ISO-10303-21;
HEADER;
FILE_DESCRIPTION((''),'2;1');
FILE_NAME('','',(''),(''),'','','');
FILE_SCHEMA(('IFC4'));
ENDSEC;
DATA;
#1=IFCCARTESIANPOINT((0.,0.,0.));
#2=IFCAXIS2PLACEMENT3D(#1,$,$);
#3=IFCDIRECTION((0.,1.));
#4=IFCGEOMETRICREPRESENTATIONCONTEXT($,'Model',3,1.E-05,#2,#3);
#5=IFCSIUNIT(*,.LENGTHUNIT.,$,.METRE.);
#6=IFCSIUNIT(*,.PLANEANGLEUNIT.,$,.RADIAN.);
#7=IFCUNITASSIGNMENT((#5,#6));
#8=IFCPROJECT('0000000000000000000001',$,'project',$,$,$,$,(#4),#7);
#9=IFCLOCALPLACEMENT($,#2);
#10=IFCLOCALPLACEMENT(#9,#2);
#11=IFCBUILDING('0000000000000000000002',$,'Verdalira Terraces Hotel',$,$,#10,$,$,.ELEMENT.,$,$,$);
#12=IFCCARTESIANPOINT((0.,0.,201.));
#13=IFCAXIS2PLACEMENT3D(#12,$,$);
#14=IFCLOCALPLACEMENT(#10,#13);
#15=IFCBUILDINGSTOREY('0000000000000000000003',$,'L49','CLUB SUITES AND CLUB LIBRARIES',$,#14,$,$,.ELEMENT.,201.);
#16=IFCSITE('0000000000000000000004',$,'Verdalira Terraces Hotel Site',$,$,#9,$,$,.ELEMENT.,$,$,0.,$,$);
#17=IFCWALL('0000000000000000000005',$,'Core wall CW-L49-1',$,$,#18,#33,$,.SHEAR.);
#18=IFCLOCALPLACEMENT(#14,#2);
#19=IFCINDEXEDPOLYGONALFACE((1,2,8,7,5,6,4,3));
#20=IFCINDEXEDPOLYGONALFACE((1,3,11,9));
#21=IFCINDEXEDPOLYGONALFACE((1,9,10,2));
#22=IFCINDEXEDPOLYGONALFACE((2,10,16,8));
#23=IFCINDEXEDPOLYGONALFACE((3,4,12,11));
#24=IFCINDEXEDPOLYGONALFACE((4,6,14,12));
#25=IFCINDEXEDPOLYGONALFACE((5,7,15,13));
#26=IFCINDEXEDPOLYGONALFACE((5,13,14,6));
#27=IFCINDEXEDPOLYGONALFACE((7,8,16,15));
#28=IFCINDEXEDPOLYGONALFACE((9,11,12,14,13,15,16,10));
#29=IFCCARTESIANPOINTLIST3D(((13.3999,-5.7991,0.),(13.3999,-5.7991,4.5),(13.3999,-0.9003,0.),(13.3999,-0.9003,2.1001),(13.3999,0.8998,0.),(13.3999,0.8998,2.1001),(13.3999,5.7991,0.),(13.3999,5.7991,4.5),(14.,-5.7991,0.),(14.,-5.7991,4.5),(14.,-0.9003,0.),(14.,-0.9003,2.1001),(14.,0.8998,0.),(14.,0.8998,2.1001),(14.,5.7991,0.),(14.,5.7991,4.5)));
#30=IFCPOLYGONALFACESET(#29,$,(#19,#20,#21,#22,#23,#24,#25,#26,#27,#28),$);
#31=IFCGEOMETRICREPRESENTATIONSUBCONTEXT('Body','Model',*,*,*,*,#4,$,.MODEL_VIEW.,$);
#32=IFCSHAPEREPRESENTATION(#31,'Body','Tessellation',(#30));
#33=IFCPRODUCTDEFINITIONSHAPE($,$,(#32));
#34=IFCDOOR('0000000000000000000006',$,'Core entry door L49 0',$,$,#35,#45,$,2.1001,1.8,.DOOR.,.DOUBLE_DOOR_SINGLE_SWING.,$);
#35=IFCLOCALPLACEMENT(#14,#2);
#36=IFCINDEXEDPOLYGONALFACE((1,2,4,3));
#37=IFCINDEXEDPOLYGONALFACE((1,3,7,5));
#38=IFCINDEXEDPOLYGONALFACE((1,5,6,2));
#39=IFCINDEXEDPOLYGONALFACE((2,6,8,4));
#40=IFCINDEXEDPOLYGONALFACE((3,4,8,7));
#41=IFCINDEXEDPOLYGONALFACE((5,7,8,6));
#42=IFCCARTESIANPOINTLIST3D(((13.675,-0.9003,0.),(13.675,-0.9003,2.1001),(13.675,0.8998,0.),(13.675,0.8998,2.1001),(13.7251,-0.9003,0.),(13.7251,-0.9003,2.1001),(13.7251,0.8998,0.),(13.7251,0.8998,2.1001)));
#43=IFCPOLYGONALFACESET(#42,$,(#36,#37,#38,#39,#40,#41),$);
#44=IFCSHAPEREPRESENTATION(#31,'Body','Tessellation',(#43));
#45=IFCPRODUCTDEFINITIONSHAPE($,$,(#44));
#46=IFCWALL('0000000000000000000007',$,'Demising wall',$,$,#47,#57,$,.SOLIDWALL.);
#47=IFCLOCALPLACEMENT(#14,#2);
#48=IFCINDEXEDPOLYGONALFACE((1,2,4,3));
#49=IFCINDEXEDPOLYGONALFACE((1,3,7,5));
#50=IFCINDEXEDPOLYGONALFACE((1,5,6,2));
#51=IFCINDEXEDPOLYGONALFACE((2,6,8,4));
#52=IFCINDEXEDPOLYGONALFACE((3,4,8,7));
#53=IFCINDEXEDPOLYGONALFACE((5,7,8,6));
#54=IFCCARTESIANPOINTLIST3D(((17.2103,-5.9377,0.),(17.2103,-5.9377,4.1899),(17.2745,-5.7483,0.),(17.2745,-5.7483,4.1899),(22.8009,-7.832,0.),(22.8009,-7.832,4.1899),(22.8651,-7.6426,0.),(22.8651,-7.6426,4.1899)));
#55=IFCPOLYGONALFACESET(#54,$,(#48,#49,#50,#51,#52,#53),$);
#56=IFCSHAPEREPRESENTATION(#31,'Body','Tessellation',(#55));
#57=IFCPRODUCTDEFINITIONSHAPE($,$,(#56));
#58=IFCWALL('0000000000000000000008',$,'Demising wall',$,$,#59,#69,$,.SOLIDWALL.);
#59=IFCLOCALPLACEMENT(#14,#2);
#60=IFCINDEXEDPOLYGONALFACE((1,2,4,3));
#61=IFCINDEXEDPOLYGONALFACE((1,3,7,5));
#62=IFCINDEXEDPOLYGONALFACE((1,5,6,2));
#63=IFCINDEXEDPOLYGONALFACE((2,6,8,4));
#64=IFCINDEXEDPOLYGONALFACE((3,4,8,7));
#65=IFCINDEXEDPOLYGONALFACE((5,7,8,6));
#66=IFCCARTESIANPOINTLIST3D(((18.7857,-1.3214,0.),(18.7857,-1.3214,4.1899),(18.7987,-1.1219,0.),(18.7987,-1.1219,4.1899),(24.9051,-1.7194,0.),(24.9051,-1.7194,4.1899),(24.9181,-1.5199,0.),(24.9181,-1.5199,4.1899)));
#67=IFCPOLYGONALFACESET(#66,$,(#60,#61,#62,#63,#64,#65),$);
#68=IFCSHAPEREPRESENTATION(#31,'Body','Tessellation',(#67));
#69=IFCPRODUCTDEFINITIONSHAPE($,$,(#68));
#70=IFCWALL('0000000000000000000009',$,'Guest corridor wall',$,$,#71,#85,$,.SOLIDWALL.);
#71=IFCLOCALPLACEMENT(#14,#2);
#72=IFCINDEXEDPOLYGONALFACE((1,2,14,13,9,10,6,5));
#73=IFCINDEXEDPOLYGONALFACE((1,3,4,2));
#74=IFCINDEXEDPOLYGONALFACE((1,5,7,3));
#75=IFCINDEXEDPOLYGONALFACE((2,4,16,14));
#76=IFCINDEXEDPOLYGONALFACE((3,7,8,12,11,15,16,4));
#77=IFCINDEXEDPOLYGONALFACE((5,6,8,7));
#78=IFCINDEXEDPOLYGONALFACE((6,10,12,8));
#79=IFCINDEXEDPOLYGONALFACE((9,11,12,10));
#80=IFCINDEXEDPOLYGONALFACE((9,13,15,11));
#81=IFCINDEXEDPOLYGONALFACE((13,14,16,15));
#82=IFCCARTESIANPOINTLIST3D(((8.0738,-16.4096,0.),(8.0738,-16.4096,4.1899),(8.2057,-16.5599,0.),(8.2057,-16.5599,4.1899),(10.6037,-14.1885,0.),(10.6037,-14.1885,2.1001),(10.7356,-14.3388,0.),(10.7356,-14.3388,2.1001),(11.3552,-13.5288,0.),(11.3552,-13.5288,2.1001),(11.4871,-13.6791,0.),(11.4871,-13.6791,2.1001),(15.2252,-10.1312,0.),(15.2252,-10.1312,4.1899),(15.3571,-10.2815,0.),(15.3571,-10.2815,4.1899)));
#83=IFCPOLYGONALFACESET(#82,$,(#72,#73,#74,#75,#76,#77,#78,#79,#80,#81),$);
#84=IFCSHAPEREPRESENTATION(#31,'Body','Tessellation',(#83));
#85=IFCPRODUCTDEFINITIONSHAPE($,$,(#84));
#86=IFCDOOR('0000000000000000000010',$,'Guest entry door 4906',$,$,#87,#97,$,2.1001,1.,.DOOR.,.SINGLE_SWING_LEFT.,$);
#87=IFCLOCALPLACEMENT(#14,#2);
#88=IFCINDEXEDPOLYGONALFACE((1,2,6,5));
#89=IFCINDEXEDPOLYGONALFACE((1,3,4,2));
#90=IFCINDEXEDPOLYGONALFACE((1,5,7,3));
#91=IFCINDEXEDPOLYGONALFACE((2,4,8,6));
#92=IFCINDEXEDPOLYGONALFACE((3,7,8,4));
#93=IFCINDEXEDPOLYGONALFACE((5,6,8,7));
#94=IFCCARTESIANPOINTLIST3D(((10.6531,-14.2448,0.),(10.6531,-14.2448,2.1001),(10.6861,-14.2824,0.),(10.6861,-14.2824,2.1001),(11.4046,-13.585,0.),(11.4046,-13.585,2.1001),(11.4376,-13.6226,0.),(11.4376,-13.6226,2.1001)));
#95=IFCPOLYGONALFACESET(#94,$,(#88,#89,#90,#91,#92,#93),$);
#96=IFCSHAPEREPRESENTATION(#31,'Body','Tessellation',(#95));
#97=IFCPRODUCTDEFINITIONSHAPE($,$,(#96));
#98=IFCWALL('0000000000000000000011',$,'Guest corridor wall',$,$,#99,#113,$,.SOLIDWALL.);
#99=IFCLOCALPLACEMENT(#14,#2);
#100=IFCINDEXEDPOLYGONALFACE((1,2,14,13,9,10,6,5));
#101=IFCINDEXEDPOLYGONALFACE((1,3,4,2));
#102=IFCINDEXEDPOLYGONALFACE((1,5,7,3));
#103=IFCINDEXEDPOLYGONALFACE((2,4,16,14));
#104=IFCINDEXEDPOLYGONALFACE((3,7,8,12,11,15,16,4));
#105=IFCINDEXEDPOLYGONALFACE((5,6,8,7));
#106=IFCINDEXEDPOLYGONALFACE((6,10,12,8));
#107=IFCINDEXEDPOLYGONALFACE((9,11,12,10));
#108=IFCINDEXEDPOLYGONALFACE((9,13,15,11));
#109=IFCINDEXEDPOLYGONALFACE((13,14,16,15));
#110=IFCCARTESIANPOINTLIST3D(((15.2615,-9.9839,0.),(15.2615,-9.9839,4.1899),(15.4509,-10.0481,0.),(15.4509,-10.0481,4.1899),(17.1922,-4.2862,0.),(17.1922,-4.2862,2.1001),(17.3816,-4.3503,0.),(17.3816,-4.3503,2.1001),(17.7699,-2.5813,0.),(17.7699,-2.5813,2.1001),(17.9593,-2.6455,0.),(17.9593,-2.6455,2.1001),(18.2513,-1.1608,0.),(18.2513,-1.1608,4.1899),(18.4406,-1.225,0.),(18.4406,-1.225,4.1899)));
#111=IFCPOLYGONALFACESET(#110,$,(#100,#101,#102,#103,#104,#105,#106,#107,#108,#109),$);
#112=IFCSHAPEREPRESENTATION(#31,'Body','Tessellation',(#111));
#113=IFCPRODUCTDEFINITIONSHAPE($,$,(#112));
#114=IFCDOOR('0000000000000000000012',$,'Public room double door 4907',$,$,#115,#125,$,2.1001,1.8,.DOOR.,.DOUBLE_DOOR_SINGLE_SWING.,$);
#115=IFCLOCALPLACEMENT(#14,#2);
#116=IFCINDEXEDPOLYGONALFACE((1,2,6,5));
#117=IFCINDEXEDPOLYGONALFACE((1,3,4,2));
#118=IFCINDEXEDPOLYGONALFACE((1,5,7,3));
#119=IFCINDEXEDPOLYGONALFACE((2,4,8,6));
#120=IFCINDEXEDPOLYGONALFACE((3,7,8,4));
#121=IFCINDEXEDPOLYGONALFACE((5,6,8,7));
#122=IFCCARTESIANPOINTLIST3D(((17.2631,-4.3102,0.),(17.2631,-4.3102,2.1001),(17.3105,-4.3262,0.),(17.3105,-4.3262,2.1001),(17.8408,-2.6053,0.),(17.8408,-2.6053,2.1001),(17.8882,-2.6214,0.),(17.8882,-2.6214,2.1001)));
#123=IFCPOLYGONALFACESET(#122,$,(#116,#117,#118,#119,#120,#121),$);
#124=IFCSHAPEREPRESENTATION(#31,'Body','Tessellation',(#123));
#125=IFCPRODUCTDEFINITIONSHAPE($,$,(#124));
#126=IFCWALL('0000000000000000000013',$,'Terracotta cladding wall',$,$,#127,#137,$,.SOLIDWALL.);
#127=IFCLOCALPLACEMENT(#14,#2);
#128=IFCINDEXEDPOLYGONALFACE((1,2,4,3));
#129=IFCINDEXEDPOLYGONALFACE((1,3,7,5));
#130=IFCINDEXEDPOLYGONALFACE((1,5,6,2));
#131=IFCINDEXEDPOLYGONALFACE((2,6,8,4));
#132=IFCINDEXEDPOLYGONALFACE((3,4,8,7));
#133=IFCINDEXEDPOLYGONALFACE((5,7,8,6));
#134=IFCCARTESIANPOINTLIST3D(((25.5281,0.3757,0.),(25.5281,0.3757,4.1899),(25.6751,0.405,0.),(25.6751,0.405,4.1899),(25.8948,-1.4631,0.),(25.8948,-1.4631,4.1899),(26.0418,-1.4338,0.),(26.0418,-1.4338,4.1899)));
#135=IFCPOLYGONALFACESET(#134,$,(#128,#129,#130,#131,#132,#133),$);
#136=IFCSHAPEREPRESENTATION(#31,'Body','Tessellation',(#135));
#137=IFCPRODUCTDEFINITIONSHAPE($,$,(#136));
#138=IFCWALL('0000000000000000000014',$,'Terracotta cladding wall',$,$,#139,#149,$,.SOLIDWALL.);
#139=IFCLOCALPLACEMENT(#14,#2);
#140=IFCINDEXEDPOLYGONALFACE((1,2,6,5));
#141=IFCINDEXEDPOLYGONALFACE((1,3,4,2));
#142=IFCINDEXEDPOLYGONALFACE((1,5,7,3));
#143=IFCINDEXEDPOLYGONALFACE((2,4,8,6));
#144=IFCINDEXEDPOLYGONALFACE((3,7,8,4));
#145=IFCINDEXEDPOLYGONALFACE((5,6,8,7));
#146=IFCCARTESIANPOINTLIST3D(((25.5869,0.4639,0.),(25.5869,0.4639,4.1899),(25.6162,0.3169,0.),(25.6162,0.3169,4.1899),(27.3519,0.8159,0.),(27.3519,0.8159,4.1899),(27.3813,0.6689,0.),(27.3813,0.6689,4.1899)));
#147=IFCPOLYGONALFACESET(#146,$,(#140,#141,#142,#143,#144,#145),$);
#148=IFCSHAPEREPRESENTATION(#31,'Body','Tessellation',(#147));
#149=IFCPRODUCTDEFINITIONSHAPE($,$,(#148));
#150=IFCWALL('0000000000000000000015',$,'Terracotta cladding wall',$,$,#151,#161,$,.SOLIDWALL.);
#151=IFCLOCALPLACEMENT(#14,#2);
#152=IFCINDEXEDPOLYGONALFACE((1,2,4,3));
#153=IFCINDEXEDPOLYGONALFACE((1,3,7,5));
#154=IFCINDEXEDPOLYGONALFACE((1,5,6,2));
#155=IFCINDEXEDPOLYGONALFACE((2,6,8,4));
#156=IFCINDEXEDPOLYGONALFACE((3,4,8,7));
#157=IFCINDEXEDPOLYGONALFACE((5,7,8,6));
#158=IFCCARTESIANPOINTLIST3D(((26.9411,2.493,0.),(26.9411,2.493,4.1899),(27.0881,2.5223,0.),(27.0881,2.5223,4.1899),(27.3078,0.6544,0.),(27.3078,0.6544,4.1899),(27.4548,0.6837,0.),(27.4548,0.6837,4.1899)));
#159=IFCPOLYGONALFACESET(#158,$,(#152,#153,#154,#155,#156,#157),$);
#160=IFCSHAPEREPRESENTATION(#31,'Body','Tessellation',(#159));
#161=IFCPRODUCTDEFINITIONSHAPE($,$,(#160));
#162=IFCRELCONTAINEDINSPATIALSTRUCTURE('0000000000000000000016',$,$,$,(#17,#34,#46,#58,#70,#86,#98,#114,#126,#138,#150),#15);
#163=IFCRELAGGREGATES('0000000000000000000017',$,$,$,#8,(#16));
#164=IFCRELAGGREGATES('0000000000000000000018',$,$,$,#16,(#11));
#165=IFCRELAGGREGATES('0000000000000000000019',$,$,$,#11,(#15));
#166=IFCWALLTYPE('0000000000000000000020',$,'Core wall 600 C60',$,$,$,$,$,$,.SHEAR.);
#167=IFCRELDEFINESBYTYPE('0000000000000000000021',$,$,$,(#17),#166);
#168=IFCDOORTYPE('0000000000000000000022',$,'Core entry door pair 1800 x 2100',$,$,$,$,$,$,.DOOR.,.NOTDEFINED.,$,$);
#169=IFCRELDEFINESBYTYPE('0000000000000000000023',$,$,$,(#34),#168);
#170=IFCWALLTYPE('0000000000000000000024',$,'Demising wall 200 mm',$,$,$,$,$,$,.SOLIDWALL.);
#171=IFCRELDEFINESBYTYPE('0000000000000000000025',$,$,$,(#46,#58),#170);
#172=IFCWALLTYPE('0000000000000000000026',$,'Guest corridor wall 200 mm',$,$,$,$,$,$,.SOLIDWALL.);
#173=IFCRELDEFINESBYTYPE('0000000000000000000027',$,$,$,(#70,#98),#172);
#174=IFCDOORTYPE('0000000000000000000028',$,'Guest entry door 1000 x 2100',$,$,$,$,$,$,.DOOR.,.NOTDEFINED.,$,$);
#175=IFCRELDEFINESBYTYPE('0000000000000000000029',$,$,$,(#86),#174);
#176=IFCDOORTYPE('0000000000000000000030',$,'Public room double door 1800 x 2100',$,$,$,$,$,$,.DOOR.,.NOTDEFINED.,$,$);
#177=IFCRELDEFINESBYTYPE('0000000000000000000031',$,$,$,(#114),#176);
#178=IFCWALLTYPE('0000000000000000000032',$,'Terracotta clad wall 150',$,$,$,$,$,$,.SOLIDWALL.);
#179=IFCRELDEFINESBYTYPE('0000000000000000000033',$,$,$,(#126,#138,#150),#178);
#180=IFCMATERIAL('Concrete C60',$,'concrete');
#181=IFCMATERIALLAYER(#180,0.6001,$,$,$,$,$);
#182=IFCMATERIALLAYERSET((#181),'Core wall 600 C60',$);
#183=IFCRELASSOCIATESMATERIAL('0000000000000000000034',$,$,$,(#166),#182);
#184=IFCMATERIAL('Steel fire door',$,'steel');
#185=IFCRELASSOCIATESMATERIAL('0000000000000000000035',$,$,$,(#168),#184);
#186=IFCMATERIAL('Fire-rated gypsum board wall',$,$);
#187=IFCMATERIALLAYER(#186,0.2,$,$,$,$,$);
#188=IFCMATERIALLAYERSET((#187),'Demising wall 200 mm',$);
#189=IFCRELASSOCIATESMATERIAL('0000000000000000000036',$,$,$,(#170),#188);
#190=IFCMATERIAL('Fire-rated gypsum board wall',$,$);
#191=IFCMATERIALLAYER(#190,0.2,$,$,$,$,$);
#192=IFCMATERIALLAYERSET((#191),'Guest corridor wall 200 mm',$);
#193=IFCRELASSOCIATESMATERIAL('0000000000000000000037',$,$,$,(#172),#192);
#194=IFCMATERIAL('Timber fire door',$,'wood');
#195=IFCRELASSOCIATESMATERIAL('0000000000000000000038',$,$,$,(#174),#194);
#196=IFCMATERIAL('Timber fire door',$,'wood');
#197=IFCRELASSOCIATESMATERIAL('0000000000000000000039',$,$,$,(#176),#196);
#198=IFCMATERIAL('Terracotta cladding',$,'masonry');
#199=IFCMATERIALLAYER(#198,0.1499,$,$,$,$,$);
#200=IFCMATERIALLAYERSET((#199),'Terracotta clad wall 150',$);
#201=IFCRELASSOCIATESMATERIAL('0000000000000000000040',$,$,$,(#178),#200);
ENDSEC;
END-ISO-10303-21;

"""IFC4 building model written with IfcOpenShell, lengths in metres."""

from ifc_helpers import new_model, si_unit, direction, frame, frame_2d, origin, place, context, subcontext, project, spatial, rectangle, extrude, material, layer, layer_set, type_object, element, fill, save


model = new_model("IFC4")

# Units and contexts
model_context = context("Model", 3, precision=1e-05, world=origin(), true_north=direction((0.0, 1.0)))
body_context = subcontext(model_context, "Body", "Model", "MODEL_VIEW")
ifc_project = project(units=[si_unit("LENGTHUNIT", "METRE"), si_unit("PLANEANGLEUNIT", "RADIAN")], contexts=[model_context])

# Site, building, storey
site_placement = place(None, origin())
site = spatial("IfcSite", under=ifc_project, at=site_placement, Name="Verdalira Terraces Hotel Site", CompositionType="ELEMENT", RefElevation=0.0)
building_placement = place(site_placement, origin())
building = spatial("IfcBuilding", under=site, at=building_placement, Name="Verdalira Terraces Hotel", CompositionType="ELEMENT")
storey_placement = place(building_placement, frame((0.0, 0.0, 201.0)))
storey = spatial("IfcBuildingStorey", under=building, at=storey_placement, Name="L49", Description="CLUB SUITES AND CLUB LIBRARIES", CompositionType="ELEMENT", Elevation=201.0)

# Wall, opening, door
ifc_material_1 = material(Name="Concrete C60", Category="concrete")
ifc_layer_1 = layer(ifc_material_1, 0.6001)
ifc_layer_set_1 = layer_set([ifc_layer_1], Name="Core wall 600 C60")
wall_type_1 = type_object("IfcWallType", Name="Core wall 600 C60", PredefinedType="SHEAR", material=ifc_layer_set_1)
wall_1_placement = place(storey_placement, frame((13.7, -5.7991, 0.0), z_axis=(0.0, 0.0, 1.0), x_axis=(0.0, 1.0, 0.0)))
wall_1 = element("IfcWall", 1, at=wall_1_placement, inside=storey, type_object=wall_type_1, Name="Core wall CW-L49-1", PredefinedType="SHEAR", context=body_context, shape_type="SweptSolid", body=[
    extrude(rectangle(XDim=11.5981, YDim=0.6001, at=frame_2d((5.7991, 0.0))), origin(), (0.0, 0.0, 1.0), 4.5),
])
opening_1_placement = place(wall_1_placement, frame((4.8989, 0.0, 0.0)))
opening_1 = element("IfcOpeningElement", 2, at=opening_1_placement, cuts=wall_1, PredefinedType="OPENING", context=body_context, shape_type="SweptSolid", body=[
    extrude(rectangle(XDim=1.8, YDim=2.1001, at=frame_2d((0.8999, 1.05))), frame((0.0, 0.3101, 0.0), z_axis=(0.0, -1.0, 0.0), x_axis=(1.0, 0.0, 0.0)), (0.0, 0.0, 1.0), 0.6201),
])
ifc_material_2 = material(Name="Steel fire door", Category="steel")
door_type_1 = type_object("IfcDoorType", Name="Core entry door pair 1800 x 2100", OperationType="NOTDEFINED", PredefinedType="DOOR", material=ifc_material_2)
door_1_placement = place(opening_1_placement, origin())
door_1 = element("IfcDoor", 3, at=door_1_placement, inside=storey, type_object=door_type_1, Name="Core entry door L49 0", OperationType="DOUBLE_DOOR_SINGLE_SWING", OverallHeight=2.1001, OverallWidth=1.8, PredefinedType="DOOR", context=body_context, shape_type="SweptSolid", body=[
    extrude(rectangle(XDim=1.8, YDim=2.1001, at=frame_2d((0.8999, 1.05))), frame((0.0, 0.0249, 0.0), z_axis=(0.0, -1.0, 0.0), x_axis=(1.0, 0.0, 0.0)), (0.0, 0.0, 1.0), 0.05),
])
fill(opening_1, door_1)

# Walls
ifc_material_3 = material(Name="Fire-rated gypsum board wall")
ifc_layer_2 = layer(ifc_material_3, 0.2)
ifc_layer_set_2 = layer_set([ifc_layer_2], Name="Demising wall 200 mm")
wall_type_2 = type_object("IfcWallType", Name="Demising wall 200 mm", PredefinedType="SOLIDWALL", material=ifc_layer_set_2)
wall_2_placement = place(storey_placement, frame((22.833, -7.7373, 0.0), z_axis=(0.0, 0.0, 1.0), x_axis=(-0.947108, 0.320914, 0.0)))
element("IfcWall", 4, at=wall_2_placement, inside=storey, type_object=wall_type_2, Name="Demising wall", PredefinedType="SOLIDWALL", context=body_context, shape_type="SweptSolid", body=[
    extrude(rectangle(XDim=5.9028, YDim=0.2, at=frame_2d((2.9514, 0.0))), origin(), (0.0, 0.0, 1.0), 4.1899),
])
wall_3_placement = place(storey_placement, frame((24.9116, -1.6196, 0.0), z_axis=(0.0, 0.0, 1.0), x_axis=(-0.997892, 0.064894, 0.0)))
element("IfcWall", 5, at=wall_3_placement, inside=storey, type_object=wall_type_2, Name="Demising wall", PredefinedType="SOLIDWALL", context=body_context, shape_type="SweptSolid", body=[
    extrude(rectangle(XDim=6.1323, YDim=0.2, at=frame_2d((3.0662, 0.0))), origin(), (0.0, 0.0, 1.0), 4.1899),
])

# Walls, openings, doors
ifc_material_4 = material(Name="Fire-rated gypsum board wall")
ifc_layer_3 = layer(ifc_material_4, 0.2)
ifc_layer_set_3 = layer_set([ifc_layer_3], Name="Guest corridor wall 200 mm")
wall_type_3 = type_object("IfcWallType", Name="Guest corridor wall 200 mm", PredefinedType="SOLIDWALL", material=ifc_layer_set_3)
wall_4_placement = place(storey_placement, frame((15.2913, -10.2063, 0.0), z_axis=(0.0, 0.0, 1.0), x_axis=(-0.751489, -0.659746, 0.0)))
wall_4 = element("IfcWall", 6, at=wall_4_placement, inside=storey, type_object=wall_type_3, Name="Guest corridor wall", PredefinedType="SOLIDWALL", context=body_context, shape_type="SweptSolid", body=[
    extrude(rectangle(XDim=9.5164, YDim=0.2, at=frame_2d((4.7583, 0.0))), origin(), (0.0, 0.0, 1.0), 4.1899),
])
opening_2_placement = place(wall_4_placement, frame((5.1499, 0.0, 0.0)))
opening_2 = element("IfcOpeningElement", 7, at=opening_2_placement, cuts=wall_4, PredefinedType="OPENING", context=body_context, shape_type="SweptSolid", body=[
    extrude(rectangle(XDim=1.0, YDim=2.1001, at=frame_2d((0.5, 1.05))), frame((0.0, 0.1099, 0.0), z_axis=(0.0, -1.0, 0.0), x_axis=(1.0, 0.0, 0.0)), (0.0, 0.0, 1.0), 0.22),
])
ifc_material_5 = material(Name="Timber fire door", Category="wood")
door_type_2 = type_object("IfcDoorType", Name="Guest entry door 1000 x 2100", OperationType="NOTDEFINED", PredefinedType="DOOR", material=ifc_material_5)
door_2_placement = place(opening_2_placement, origin())
door_2 = element("IfcDoor", 8, at=door_2_placement, inside=storey, type_object=door_type_2, Name="Guest entry door 4906", OperationType="SINGLE_SWING_LEFT", OverallHeight=2.1001, OverallWidth=1.0, PredefinedType="DOOR", context=body_context, shape_type="SweptSolid", body=[
    extrude(rectangle(XDim=1.0, YDim=2.1001, at=frame_2d((0.5, 1.05))), frame((0.0, 0.0249, 0.0), z_axis=(0.0, -1.0, 0.0), x_axis=(1.0, 0.0, 0.0)), (0.0, 0.0, 1.0), 0.05),
])
fill(opening_2, door_2)
wall_5_placement = place(storey_placement, frame((18.3459, -1.1929, 0.0), z_axis=(0.0, 0.0, 1.0), x_axis=(-0.320925, -0.947104, 0.0)))
wall_5 = element("IfcWall", 9, at=wall_5_placement, inside=storey, type_object=wall_type_3, Name="Guest corridor wall", PredefinedType="SOLIDWALL", context=body_context, shape_type="SweptSolid", body=[
    extrude(rectangle(XDim=9.3159, YDim=0.2, at=frame_2d((4.658, 0.0))), origin(), (0.0, 0.0, 1.0), 4.1899),
])
opening_3_placement = place(wall_5_placement, frame((1.5, 0.0, 0.0)))
opening_3 = element("IfcOpeningElement", 10, at=opening_3_placement, cuts=wall_5, PredefinedType="OPENING", context=body_context, shape_type="SweptSolid", body=[
    extrude(rectangle(XDim=1.8, YDim=2.1001, at=frame_2d((0.8999, 1.05))), frame((0.0, 0.1099, 0.0), z_axis=(0.0, -1.0, 0.0), x_axis=(1.0, 0.0, 0.0)), (0.0, 0.0, 1.0), 0.22),
])
ifc_material_6 = material(Name="Timber fire door", Category="wood")
door_type_3 = type_object("IfcDoorType", Name="Public room double door 1800 x 2100", OperationType="NOTDEFINED", PredefinedType="DOOR", material=ifc_material_6)
door_3_placement = place(opening_3_placement, origin())
door_3 = element("IfcDoor", 11, at=door_3_placement, inside=storey, type_object=door_type_3, Name="Public room double door 4907", OperationType="DOUBLE_DOOR_SINGLE_SWING", OverallHeight=2.1001, OverallWidth=1.8, PredefinedType="DOOR", context=body_context, shape_type="SweptSolid", body=[
    extrude(rectangle(XDim=1.8, YDim=2.1001, at=frame_2d((0.8999, 1.05))), frame((0.0, 0.0249, 0.0), z_axis=(0.0, -1.0, 0.0), x_axis=(1.0, 0.0, 0.0)), (0.0, 0.0, 1.0), 0.05),
])
fill(opening_3, door_3)

# Walls
ifc_material_7 = material(Name="Terracotta cladding", Category="masonry")
ifc_layer_4 = layer(ifc_material_7, 0.1499)
ifc_layer_set_4 = layer_set([ifc_layer_4], Name="Terracotta clad wall 150")
wall_type_4 = type_object("IfcWallType", Name="Terracotta clad wall 150", PredefinedType="SOLIDWALL", material=ifc_layer_set_4)
wall_6_placement = place(storey_placement, frame((25.9683, -1.4485, 0.0), z_axis=(0.0, 0.0, 1.0), x_axis=(-0.195565, 0.980691, 0.0)))
element("IfcWall", 12, at=wall_6_placement, inside=storey, type_object=wall_type_4, Name="Terracotta cladding wall", PredefinedType="SOLIDWALL", context=body_context, shape_type="SweptSolid", body=[
    extrude(rectangle(XDim=1.875, YDim=0.1499, at=frame_2d((0.9375, 0.0))), origin(), (0.0, 0.0, 1.0), 4.1899),
])
wall_7_placement = place(storey_placement, frame((25.6016, 0.3904, 0.0), z_axis=(0.0, 0.0, 1.0), x_axis=(0.980685, 0.195594, 0.0)))
element("IfcWall", 13, at=wall_7_placement, inside=storey, type_object=wall_type_4, Name="Terracotta cladding wall", PredefinedType="SOLIDWALL", context=body_context, shape_type="SweptSolid", body=[
    extrude(rectangle(XDim=1.7998, YDim=0.1499, at=frame_2d((0.8999, 0.0))), origin(), (0.0, 0.0, 1.0), 4.1899),
])
wall_8_placement = place(storey_placement, frame((27.3813, 0.6689, 0.0), z_axis=(0.0, 0.0, 1.0), x_axis=(-0.19559, 0.980686, 0.0)))
element("IfcWall", 14, at=wall_8_placement, inside=storey, type_object=wall_type_4, Name="Terracotta cladding wall", PredefinedType="SOLIDWALL", context=body_context, shape_type="SweptSolid", body=[
    extrude(rectangle(XDim=1.8748, YDim=0.1499, at=frame_2d((0.9375, 0.0))), origin(), (0.0, 0.0, 1.0), 4.1899),
])

save(model, "model.ifc")
